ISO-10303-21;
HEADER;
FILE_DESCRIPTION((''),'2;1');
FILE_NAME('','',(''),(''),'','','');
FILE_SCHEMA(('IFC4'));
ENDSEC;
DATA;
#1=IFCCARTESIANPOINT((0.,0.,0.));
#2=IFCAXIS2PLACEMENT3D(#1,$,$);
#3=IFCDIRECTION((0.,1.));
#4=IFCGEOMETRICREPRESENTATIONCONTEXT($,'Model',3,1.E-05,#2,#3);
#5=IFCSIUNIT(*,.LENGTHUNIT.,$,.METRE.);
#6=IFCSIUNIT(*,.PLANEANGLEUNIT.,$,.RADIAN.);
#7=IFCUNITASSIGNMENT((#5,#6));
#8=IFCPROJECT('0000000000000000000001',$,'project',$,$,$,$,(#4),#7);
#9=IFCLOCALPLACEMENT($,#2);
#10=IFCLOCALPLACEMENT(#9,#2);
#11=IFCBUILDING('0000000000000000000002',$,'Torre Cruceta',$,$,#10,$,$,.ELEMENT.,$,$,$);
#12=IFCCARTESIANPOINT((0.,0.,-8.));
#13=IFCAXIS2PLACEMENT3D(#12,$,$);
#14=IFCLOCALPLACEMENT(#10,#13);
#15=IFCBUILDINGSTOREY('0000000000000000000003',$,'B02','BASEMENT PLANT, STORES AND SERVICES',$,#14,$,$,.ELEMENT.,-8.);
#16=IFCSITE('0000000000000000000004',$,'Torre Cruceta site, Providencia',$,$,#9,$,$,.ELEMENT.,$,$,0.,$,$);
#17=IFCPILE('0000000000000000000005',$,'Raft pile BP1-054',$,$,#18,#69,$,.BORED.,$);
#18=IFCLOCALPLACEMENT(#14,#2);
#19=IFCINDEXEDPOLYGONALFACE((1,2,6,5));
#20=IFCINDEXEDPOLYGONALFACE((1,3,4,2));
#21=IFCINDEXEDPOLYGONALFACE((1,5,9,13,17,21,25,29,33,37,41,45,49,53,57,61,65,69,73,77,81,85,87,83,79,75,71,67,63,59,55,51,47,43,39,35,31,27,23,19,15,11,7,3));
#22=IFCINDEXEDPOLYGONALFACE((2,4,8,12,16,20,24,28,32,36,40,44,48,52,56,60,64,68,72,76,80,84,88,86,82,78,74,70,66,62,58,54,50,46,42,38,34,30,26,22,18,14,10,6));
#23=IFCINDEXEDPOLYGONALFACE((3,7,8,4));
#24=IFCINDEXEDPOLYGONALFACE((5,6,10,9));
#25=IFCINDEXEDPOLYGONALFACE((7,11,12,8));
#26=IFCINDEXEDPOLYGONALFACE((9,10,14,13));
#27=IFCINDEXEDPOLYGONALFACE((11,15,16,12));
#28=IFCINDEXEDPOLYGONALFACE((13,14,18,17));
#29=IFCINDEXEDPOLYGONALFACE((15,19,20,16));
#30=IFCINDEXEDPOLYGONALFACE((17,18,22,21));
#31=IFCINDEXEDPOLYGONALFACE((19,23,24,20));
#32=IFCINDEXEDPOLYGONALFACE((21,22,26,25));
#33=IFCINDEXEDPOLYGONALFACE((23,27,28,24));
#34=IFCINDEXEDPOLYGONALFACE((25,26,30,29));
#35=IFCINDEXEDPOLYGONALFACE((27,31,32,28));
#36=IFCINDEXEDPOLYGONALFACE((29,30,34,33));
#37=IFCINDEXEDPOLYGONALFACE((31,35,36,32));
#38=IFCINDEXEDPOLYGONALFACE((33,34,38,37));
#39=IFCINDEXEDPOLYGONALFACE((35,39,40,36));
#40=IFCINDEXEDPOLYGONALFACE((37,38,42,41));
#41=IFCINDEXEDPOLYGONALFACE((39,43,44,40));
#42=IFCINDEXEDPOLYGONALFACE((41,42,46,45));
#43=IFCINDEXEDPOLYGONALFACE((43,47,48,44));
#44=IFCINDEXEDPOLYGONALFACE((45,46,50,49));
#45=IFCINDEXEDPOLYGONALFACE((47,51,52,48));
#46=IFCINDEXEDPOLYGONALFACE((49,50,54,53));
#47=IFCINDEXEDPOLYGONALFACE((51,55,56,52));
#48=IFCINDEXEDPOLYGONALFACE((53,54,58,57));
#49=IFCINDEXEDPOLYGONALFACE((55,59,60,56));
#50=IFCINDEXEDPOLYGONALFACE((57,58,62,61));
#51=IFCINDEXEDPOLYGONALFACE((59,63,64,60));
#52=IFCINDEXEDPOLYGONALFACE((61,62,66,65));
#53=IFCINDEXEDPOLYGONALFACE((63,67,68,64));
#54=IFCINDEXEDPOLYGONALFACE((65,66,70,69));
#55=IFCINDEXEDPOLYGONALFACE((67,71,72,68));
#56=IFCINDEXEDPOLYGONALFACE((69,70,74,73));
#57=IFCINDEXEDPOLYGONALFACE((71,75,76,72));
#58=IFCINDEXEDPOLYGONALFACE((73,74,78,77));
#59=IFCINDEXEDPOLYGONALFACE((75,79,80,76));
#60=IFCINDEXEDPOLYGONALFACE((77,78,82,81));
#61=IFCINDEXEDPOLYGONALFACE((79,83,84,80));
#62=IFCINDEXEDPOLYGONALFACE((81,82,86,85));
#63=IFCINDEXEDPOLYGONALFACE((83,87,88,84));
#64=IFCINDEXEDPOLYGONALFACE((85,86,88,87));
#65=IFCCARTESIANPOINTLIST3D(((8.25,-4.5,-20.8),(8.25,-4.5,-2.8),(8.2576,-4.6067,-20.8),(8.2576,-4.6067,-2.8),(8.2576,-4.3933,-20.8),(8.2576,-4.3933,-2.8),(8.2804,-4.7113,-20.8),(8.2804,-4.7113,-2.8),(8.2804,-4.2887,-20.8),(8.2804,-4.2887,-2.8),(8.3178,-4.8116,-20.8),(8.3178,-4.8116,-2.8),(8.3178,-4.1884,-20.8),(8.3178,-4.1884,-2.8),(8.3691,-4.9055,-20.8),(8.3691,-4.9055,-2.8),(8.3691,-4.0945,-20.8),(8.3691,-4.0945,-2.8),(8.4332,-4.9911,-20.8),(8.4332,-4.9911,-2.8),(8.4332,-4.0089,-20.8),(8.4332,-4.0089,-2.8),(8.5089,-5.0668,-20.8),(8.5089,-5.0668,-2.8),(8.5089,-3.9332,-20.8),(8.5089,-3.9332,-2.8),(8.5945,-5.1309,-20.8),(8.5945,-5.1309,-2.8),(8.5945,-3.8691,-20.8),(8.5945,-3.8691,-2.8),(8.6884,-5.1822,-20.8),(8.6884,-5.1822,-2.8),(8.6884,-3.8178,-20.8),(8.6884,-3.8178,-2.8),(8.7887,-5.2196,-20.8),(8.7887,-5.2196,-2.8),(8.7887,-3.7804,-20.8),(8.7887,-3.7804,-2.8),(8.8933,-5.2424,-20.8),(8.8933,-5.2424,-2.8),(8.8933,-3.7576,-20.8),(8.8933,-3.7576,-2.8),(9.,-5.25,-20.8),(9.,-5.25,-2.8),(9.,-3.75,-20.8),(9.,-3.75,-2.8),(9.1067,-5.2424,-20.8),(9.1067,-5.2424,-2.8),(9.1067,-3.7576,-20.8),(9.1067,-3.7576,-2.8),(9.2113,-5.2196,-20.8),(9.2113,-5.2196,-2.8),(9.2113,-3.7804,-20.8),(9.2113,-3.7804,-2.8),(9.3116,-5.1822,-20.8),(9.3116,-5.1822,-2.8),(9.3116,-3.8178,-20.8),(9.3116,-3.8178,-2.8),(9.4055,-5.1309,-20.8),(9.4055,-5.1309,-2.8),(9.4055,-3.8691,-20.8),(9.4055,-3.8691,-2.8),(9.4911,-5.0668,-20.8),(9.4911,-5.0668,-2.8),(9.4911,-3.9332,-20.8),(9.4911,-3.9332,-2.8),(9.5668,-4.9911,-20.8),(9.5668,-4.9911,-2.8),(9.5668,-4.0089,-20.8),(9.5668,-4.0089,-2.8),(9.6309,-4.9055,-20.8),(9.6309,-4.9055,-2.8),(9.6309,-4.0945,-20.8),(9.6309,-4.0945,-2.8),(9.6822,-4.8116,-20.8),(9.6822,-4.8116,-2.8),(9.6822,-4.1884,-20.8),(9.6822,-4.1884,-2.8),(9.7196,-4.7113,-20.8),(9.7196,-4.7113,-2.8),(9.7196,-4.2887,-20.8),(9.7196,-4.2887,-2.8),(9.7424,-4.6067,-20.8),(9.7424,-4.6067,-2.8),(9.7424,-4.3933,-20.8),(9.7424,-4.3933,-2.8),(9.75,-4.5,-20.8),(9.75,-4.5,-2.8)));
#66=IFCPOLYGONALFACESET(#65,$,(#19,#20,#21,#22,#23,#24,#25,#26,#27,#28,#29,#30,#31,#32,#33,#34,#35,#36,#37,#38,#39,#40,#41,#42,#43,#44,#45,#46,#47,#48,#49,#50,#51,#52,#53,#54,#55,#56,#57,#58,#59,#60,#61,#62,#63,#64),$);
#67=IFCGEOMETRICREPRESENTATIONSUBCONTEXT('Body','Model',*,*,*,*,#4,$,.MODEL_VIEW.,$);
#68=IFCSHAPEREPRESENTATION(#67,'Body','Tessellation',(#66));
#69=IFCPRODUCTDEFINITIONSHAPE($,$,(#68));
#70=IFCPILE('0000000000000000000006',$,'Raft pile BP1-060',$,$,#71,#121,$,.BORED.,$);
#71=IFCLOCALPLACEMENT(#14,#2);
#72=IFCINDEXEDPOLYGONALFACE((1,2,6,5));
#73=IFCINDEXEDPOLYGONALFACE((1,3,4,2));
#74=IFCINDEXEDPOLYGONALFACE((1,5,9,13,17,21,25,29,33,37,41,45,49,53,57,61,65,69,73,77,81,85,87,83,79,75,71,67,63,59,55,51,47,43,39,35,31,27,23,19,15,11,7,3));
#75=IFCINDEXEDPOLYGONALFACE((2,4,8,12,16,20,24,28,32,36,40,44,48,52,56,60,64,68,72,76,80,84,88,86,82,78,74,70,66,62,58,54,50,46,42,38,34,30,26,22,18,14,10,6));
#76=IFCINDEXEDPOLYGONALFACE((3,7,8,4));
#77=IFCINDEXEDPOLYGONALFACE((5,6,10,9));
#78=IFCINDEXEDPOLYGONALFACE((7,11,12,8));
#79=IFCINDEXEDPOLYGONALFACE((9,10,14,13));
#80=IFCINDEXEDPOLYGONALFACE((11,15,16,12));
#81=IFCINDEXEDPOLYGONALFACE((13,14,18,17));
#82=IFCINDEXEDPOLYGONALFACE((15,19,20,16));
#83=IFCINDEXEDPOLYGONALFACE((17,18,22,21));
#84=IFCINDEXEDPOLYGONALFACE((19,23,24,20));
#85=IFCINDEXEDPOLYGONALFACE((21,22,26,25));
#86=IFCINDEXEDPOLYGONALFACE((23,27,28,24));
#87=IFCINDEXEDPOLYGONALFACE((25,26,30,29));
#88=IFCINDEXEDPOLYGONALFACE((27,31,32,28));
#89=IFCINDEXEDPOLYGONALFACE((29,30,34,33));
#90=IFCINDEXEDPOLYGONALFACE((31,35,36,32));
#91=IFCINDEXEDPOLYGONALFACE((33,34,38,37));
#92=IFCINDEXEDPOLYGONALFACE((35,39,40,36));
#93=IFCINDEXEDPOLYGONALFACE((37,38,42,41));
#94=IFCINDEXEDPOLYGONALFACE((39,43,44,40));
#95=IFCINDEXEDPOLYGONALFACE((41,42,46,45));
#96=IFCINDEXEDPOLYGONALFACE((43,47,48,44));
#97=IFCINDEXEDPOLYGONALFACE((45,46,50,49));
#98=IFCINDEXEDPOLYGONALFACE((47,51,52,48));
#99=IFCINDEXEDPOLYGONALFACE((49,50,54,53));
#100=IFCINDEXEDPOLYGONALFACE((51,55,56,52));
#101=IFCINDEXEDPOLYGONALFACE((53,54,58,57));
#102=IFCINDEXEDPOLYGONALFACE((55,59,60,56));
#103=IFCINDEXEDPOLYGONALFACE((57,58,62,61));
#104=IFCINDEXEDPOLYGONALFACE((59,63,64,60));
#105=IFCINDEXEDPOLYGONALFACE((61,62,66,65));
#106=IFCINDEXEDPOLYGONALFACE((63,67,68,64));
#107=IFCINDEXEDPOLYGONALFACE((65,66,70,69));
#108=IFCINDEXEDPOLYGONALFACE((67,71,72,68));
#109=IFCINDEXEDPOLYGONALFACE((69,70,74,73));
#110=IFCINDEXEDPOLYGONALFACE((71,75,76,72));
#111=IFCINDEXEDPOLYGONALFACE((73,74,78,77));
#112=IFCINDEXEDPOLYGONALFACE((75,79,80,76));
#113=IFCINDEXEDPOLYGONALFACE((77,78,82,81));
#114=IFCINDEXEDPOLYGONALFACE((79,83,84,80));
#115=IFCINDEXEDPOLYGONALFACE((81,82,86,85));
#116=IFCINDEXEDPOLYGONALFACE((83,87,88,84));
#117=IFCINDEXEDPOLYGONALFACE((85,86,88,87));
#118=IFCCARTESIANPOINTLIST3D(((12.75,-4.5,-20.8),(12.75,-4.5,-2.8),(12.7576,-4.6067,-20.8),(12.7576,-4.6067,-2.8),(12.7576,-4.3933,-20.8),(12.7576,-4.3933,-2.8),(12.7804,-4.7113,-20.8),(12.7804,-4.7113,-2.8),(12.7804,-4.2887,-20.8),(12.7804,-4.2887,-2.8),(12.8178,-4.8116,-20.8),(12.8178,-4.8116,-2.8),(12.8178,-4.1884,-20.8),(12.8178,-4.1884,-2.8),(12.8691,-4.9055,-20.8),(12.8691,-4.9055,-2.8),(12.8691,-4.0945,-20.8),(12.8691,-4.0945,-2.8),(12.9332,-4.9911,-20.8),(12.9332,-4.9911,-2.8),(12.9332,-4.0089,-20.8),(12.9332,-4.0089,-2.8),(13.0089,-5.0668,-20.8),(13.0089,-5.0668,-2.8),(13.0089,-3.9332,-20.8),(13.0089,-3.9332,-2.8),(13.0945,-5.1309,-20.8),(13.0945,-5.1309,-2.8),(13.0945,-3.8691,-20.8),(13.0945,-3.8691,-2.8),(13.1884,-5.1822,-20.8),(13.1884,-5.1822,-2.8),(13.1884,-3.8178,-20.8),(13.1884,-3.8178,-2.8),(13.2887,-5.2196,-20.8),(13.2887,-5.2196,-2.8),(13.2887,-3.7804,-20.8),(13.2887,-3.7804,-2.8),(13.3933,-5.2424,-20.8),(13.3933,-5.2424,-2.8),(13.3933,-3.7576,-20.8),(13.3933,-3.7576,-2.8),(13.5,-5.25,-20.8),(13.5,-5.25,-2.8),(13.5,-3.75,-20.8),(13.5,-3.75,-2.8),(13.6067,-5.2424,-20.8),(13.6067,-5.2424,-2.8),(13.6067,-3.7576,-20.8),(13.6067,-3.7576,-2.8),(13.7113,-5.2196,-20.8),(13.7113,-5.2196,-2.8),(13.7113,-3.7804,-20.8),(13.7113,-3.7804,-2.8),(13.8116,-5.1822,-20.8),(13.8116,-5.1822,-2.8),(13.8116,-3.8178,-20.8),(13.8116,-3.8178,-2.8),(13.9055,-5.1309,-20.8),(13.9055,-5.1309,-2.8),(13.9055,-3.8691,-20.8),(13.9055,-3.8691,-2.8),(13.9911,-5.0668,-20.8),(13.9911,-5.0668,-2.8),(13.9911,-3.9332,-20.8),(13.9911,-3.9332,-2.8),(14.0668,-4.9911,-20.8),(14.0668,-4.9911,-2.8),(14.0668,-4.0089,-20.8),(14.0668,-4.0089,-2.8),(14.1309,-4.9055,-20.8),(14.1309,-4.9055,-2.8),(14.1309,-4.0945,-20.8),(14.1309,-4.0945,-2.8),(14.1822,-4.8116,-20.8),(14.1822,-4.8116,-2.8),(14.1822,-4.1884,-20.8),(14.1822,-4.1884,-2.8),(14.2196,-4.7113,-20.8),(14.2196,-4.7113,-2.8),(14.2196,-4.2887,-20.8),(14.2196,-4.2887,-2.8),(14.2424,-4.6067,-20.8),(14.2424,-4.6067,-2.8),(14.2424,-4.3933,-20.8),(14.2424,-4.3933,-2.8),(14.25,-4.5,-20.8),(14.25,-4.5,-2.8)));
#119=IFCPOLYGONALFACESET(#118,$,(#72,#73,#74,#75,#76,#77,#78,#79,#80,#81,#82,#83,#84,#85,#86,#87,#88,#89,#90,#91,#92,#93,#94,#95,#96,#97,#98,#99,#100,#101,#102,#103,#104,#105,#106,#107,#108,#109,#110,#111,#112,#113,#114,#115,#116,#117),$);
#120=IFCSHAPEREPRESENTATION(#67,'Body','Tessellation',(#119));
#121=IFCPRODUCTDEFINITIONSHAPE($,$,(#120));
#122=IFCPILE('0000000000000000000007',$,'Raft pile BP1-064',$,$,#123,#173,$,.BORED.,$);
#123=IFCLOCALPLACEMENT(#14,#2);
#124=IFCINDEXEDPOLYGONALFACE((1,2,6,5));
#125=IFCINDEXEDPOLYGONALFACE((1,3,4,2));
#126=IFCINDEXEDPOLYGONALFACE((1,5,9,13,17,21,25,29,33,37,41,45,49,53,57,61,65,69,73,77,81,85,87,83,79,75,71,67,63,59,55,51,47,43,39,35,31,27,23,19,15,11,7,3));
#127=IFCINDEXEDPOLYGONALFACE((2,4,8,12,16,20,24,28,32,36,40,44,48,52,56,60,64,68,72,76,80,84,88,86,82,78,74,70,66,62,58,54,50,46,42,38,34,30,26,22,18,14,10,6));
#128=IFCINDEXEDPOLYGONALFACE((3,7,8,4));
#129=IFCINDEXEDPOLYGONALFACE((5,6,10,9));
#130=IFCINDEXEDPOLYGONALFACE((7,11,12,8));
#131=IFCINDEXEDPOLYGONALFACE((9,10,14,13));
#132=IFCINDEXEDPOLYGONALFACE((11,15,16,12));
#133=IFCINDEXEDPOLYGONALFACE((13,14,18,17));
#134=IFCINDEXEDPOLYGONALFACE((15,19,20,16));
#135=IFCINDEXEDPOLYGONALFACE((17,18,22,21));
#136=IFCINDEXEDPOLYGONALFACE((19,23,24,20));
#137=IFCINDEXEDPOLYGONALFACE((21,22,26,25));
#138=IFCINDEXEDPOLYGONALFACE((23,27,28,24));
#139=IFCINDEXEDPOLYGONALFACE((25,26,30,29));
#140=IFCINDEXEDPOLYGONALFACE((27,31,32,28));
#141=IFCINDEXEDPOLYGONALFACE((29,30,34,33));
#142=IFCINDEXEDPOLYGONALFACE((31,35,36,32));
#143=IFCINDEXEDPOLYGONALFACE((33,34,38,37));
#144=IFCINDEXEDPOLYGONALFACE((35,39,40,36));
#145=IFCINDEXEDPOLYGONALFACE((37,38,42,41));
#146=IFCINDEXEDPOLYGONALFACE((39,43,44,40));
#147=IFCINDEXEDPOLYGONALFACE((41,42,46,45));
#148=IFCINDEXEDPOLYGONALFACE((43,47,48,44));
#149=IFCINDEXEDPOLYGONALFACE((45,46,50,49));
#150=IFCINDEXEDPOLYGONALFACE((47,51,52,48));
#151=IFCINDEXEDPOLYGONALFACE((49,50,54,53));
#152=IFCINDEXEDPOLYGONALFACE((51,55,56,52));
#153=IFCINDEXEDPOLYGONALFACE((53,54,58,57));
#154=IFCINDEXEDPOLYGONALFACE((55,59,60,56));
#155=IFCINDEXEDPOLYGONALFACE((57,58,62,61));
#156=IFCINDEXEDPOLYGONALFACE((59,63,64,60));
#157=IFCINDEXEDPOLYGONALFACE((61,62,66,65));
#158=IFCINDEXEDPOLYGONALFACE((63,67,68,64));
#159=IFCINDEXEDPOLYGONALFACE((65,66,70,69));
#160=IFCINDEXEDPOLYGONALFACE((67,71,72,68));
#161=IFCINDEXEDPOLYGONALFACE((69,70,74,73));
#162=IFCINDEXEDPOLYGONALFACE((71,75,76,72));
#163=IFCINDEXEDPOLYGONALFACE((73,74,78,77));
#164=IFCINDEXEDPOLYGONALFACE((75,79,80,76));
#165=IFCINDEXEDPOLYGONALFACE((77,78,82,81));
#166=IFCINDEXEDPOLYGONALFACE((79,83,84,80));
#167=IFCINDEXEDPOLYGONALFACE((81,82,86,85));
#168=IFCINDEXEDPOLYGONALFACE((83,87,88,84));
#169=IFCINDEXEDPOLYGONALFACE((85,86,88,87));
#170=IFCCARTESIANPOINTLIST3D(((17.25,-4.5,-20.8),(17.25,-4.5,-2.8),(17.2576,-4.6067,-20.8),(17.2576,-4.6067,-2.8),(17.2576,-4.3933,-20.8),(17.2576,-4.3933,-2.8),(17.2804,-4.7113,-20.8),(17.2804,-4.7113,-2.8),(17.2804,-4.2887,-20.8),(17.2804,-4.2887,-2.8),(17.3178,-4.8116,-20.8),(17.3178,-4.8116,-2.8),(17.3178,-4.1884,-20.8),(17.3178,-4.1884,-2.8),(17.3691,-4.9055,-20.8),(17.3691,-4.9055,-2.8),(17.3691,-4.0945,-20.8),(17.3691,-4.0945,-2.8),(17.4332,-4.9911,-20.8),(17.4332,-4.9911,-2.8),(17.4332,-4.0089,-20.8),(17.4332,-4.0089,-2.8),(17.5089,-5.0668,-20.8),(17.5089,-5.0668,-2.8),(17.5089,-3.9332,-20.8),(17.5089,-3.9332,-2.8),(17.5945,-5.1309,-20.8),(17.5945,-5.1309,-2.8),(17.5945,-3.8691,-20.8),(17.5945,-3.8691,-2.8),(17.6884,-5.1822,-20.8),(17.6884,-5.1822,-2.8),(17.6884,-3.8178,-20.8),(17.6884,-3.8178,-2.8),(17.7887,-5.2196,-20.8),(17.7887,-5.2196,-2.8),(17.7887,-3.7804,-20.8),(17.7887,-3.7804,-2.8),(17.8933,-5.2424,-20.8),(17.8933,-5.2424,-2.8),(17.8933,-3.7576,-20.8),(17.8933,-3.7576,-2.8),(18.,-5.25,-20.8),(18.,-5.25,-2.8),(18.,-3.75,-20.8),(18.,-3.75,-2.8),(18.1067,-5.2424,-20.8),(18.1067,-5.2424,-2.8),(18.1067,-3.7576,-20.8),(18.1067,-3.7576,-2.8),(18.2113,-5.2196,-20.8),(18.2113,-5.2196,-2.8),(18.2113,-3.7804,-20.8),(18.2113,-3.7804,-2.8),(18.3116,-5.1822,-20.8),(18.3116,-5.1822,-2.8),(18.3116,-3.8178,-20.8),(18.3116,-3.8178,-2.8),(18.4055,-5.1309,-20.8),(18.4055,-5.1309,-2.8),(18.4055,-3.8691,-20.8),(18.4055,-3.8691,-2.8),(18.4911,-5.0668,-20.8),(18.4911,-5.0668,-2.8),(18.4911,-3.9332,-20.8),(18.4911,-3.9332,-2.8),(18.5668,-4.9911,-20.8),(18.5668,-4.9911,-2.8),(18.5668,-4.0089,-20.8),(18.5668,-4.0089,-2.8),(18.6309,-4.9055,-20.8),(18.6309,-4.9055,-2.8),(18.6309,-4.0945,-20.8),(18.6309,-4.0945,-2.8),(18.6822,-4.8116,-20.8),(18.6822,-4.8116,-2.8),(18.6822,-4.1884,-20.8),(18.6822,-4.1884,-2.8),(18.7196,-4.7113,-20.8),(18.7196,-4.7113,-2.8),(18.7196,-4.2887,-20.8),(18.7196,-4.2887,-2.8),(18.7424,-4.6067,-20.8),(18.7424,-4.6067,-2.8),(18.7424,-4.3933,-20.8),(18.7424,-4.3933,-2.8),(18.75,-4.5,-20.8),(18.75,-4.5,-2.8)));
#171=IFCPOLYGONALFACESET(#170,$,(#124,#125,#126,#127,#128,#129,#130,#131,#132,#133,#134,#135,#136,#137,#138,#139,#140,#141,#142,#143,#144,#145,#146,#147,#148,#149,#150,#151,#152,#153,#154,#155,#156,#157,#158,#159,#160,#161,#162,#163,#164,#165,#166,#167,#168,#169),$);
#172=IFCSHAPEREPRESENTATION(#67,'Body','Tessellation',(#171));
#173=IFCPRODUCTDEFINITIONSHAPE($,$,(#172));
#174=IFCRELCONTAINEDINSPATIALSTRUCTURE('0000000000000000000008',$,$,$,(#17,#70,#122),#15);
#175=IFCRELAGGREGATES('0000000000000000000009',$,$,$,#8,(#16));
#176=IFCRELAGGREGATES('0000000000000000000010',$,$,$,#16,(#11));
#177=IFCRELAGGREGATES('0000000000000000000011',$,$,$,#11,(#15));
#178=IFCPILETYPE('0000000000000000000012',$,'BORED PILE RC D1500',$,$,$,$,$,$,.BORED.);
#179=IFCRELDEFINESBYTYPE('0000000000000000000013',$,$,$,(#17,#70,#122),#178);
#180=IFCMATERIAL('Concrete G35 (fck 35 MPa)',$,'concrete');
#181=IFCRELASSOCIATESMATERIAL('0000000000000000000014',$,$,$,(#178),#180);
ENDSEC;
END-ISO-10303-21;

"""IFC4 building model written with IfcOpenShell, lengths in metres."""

from ifc_helpers import new_model, si_unit, direction, frame, origin, origin_2d, place, context, subcontext, project, spatial, circle, extrude, material, material_profile, profile_set, type_object, element, save


model = new_model("IFC4")

# Units and contexts
model_context = context("Model", 3, precision=1e-05, world=origin(), true_north=direction((0.0, 1.0)))
body_context = subcontext(model_context, "Body", "Model", "MODEL_VIEW")
ifc_project = project(units=[si_unit("LENGTHUNIT", "METRE"), si_unit("PLANEANGLEUNIT", "RADIAN")], contexts=[model_context])

# Site, building, storey
site_placement = place(None, origin())
site = spatial("IfcSite", under=ifc_project, at=site_placement, Name="Torre Cruceta site, Providencia", CompositionType="ELEMENT", RefElevation=0.0)
building_placement = place(site_placement, origin())
building = spatial("IfcBuilding", under=site, at=building_placement, Name="Torre Cruceta", CompositionType="ELEMENT")
storey_placement = place(building_placement, frame((0.0, 0.0, -8.0)))
storey = spatial("IfcBuildingStorey", under=building, at=storey_placement, Name="B02", Description="BASEMENT PLANT, STORES AND SERVICES", CompositionType="ELEMENT", Elevation=-8.0)

# Piles
ifc_material_1 = material(Name="Concrete G35 (fck 35 MPa)", Category="concrete")
ifc_material_profile_1 = material_profile(ifc_material_1, circle(Radius=0.75, at=origin_2d()), Name="RC D1500")
ifc_profile_set_1 = profile_set([ifc_material_profile_1], Name="Concrete G35 (fck 35 MPa)")
pile_type_1 = type_object("IfcPileType", Name="BORED PILE RC D1500", PredefinedType="BORED", material=ifc_profile_set_1)
for number, where, z_axis, x_axis, name in (
    (1, (9.0, -4.5, -2.8), (0.0, 0.0, -1.0), (1.0, 0.0, 0.0), "Raft pile BP1-054"),
    (2, (13.5, -4.5, -2.8), (0.0, 0.0, -1.0), (1.0, 0.0, 0.0), "Raft pile BP1-060"),
    (3, (18.0, -4.5, -2.8), (0.0, 0.0, -1.0), (1.0, 0.0, 0.0), "Raft pile BP1-064"),
):
    element("IfcPile", number, at=place(storey_placement, frame(where, z_axis=z_axis, x_axis=x_axis)), inside=storey, type_object=pile_type_1, Name=name, PredefinedType="BORED", context=body_context, shape_type="SweptSolid", body=[
        extrude(circle(Radius=0.75, at=origin_2d()), origin(), (0.0, 0.0, 1.0), 18.0),
    ])

save(model, "model.ifc")
